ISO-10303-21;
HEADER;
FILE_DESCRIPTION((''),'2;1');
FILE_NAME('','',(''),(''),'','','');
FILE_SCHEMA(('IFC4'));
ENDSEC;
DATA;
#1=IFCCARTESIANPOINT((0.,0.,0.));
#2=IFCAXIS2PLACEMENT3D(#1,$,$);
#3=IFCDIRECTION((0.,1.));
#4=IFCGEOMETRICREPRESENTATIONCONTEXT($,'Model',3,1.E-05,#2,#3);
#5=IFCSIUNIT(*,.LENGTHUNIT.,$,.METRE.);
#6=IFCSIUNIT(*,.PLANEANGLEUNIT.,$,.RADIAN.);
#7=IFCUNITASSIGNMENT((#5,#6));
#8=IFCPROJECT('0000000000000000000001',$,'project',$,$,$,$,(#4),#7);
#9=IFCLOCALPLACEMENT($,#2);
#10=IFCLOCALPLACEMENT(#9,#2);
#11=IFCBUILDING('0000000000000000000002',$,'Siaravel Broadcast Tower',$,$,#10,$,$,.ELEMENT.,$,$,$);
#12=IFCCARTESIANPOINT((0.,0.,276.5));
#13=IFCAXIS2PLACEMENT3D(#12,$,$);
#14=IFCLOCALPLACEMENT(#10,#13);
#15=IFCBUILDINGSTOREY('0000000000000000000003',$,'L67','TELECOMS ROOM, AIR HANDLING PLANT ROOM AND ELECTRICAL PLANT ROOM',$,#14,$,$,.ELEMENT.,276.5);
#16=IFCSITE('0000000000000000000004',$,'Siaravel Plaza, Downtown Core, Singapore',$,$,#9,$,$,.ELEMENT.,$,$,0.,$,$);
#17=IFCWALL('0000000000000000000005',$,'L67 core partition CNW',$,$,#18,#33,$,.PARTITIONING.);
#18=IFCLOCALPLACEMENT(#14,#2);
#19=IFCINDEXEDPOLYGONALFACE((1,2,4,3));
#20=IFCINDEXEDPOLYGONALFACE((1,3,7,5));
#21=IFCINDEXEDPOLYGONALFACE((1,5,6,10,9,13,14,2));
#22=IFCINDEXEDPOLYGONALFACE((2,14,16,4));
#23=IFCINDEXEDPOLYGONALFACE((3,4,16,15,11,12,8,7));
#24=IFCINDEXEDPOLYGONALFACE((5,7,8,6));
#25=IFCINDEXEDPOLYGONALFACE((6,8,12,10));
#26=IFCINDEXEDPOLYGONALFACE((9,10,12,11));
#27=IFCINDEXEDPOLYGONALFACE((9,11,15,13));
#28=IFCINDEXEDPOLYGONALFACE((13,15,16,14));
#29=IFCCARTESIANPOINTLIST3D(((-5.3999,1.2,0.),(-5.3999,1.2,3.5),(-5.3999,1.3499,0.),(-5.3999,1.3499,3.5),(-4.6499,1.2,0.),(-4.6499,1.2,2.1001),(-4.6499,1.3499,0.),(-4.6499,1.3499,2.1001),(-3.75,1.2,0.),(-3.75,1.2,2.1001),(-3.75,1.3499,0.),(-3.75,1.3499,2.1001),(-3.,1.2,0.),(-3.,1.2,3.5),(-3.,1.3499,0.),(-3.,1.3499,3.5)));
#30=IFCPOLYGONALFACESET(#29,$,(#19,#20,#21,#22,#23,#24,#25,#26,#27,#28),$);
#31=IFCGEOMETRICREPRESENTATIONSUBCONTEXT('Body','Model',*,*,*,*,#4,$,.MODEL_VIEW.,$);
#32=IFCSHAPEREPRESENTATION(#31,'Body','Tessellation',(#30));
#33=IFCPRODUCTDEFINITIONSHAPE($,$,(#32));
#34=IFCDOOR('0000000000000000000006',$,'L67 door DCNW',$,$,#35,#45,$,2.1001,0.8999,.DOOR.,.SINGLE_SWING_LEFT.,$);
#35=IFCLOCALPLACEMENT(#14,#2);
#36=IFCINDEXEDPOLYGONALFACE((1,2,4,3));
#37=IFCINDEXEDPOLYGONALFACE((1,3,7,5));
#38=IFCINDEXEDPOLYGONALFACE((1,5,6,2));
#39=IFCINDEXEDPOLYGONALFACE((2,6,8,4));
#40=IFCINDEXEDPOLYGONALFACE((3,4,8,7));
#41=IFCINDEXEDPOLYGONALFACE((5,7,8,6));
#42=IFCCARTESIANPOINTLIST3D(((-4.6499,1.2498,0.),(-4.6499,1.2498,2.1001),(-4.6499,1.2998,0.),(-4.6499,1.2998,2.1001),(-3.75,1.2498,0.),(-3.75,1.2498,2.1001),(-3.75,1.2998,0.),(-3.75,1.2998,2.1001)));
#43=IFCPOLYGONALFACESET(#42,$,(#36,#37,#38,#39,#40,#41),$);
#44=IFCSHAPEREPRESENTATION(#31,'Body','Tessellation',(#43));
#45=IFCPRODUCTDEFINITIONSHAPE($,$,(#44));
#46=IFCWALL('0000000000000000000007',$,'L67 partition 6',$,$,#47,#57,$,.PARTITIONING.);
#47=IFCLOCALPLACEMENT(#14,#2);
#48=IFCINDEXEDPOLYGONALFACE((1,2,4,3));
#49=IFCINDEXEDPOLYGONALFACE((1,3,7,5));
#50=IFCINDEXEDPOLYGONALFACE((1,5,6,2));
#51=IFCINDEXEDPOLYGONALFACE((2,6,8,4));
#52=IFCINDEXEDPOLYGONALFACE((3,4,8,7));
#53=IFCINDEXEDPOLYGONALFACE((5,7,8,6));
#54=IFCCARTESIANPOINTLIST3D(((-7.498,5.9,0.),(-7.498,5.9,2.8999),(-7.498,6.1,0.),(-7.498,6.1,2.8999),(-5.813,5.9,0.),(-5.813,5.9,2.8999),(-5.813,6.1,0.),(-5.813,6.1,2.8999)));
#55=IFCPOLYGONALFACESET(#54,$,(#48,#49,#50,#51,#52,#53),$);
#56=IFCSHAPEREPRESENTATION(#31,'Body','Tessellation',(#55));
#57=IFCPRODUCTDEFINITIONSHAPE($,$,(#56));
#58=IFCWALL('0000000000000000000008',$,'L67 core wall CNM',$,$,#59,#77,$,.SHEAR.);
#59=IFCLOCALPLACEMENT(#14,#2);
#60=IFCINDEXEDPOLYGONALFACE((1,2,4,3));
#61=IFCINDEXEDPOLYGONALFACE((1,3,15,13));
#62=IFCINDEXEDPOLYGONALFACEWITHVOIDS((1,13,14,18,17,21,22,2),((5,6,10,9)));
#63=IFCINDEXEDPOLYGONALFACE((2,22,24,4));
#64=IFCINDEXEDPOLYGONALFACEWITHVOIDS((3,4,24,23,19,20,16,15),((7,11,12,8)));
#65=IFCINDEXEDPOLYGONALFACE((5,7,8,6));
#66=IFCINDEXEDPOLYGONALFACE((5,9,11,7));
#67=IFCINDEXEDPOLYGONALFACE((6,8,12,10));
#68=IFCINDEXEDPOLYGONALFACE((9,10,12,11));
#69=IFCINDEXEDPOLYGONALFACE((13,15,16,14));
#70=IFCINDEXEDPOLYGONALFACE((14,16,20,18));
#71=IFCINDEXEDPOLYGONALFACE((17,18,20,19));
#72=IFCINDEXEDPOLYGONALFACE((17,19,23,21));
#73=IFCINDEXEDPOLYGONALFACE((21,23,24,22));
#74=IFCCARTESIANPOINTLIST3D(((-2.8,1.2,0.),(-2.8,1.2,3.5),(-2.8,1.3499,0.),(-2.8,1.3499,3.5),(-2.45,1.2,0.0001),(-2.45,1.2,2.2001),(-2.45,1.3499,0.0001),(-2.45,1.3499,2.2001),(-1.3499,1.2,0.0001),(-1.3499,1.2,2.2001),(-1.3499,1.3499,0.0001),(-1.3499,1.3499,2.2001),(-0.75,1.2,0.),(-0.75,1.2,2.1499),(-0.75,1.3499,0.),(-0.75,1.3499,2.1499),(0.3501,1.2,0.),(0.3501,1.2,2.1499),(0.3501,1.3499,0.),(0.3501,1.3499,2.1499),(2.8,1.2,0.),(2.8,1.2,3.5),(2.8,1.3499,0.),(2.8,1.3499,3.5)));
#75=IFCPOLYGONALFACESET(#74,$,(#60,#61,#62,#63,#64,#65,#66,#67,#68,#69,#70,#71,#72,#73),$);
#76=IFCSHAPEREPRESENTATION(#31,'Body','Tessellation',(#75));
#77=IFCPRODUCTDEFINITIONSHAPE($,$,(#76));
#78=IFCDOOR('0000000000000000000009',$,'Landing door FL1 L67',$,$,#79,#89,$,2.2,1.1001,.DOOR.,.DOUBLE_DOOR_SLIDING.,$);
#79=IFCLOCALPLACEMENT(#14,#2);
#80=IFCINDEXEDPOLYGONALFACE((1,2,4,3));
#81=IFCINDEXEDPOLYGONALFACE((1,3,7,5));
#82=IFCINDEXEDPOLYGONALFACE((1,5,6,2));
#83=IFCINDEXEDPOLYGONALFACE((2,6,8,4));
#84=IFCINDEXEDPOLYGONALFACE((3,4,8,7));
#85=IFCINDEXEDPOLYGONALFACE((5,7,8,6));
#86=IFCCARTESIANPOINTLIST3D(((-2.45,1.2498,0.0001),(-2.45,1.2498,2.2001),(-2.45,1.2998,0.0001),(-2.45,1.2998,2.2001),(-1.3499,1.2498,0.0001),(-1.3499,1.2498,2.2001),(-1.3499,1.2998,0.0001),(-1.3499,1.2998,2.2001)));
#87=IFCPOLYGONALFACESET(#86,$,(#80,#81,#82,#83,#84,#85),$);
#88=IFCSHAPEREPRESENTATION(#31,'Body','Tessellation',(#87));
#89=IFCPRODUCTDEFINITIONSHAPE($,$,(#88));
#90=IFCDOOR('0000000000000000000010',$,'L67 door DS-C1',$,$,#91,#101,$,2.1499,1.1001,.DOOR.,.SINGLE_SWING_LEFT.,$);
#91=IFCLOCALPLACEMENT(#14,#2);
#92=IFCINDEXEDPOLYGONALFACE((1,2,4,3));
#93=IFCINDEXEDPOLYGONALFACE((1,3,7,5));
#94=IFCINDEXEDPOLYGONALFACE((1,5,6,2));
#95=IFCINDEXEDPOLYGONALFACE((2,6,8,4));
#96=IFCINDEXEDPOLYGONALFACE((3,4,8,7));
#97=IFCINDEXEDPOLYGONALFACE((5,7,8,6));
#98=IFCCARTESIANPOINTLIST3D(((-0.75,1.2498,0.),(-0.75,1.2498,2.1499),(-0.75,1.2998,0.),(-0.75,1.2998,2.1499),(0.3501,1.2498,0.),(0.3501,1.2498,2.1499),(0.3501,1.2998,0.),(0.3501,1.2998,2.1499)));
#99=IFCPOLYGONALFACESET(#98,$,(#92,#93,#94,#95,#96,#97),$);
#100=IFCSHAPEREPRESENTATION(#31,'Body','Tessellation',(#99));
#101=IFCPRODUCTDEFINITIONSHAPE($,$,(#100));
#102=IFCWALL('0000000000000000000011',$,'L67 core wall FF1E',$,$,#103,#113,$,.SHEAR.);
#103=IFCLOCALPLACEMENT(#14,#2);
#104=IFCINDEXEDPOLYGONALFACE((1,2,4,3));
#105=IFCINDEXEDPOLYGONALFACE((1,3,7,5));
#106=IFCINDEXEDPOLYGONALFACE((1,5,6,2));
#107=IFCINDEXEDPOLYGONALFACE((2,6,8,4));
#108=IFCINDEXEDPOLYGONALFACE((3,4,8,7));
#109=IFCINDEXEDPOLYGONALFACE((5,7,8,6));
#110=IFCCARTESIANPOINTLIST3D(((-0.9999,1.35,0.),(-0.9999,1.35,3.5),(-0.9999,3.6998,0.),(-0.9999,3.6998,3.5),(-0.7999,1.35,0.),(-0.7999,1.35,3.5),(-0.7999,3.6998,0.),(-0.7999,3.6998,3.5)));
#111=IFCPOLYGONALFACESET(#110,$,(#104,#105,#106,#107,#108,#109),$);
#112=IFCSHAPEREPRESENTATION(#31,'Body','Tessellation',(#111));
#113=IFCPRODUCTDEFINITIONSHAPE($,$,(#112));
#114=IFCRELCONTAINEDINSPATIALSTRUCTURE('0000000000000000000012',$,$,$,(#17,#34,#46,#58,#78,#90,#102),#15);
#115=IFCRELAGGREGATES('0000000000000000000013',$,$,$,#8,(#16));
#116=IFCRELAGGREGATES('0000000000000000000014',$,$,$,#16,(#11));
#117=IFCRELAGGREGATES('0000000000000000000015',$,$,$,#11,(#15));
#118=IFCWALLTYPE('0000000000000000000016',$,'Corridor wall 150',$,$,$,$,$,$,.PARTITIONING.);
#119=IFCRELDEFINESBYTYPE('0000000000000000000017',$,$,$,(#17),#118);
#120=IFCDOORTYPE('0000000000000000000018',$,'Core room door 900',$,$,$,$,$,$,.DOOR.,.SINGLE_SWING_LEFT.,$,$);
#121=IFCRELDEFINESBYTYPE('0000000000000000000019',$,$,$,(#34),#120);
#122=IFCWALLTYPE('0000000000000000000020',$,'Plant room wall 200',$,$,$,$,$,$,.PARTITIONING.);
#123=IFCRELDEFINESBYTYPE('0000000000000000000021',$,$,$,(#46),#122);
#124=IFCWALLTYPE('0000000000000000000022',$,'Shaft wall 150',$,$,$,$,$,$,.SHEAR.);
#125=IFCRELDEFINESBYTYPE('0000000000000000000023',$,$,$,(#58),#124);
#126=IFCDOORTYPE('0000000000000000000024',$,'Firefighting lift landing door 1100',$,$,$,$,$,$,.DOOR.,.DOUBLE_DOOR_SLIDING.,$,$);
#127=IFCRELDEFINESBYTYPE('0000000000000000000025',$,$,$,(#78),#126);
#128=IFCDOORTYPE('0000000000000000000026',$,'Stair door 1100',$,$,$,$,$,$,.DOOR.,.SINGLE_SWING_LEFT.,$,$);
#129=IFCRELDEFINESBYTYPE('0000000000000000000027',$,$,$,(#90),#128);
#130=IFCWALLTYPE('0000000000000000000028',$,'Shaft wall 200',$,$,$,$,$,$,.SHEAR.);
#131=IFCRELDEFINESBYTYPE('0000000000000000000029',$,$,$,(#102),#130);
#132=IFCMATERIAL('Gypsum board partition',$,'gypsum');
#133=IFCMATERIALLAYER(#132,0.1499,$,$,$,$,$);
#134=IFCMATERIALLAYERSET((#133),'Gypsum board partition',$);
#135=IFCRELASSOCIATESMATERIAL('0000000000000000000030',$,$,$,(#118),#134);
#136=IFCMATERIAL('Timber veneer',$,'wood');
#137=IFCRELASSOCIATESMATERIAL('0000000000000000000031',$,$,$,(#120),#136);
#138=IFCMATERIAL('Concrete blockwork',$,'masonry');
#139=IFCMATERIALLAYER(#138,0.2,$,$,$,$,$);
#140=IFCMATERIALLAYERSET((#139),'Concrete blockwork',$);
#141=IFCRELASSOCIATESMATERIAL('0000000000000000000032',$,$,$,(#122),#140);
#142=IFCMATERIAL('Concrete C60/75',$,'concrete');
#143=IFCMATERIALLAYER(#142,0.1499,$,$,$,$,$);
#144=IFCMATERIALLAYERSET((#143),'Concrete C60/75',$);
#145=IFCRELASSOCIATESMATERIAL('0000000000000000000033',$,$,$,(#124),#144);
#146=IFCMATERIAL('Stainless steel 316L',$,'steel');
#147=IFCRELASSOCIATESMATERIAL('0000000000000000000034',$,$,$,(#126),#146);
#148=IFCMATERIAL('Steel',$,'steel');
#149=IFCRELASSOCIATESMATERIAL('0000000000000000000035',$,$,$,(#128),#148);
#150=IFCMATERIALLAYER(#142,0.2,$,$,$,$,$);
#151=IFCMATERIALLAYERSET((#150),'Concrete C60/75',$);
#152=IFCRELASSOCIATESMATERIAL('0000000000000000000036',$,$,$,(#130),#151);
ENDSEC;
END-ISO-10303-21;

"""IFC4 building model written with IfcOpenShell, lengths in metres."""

from ifc_helpers import new_model, si_unit, direction, frame, frame_2d, origin, place, context, subcontext, project, spatial, rectangle, extrude, material, layer, layer_set, type_object, element, fill, save


model = new_model("IFC4")

# Units and contexts
model_context = context("Model", 3, precision=1e-05, world=origin(), true_north=direction((0.0, 1.0)))
body_context = subcontext(model_context, "Body", "Model", "MODEL_VIEW")
ifc_project = project(units=[si_unit("LENGTHUNIT", "METRE"), si_unit("PLANEANGLEUNIT", "RADIAN")], contexts=[model_context])

# Site, building, storey
site_placement = place(None, origin())
site = spatial("IfcSite", under=ifc_project, at=site_placement, Name="Siaravel Plaza, Downtown Core, Singapore", CompositionType="ELEMENT", RefElevation=0.0)
building_placement = place(site_placement, origin())
building = spatial("IfcBuilding", under=site, at=building_placement, Name="Siaravel Broadcast Tower", CompositionType="ELEMENT")
storey_placement = place(building_placement, frame((0.0, 0.0, 276.5)))
storey = spatial("IfcBuildingStorey", under=building, at=storey_placement, Name="L67", Description="TELECOMS ROOM, AIR HANDLING PLANT ROOM AND ELECTRICAL PLANT ROOM", CompositionType="ELEMENT", Elevation=276.5)

# Shared definitions
ifc_material_1 = material(Name="Concrete C60/75", Category="concrete")

# Wall, opening, door
ifc_material_2 = material(Name="Gypsum board partition", Category="gypsum")
ifc_layer_1 = layer(ifc_material_2, 0.1499)
ifc_layer_set_1 = layer_set([ifc_layer_1], Name="Gypsum board partition")
wall_type_1 = type_object("IfcWallType", Name="Corridor wall 150", PredefinedType="PARTITIONING", material=ifc_layer_set_1)
wall_1_placement = place(storey_placement, frame((-5.3999, 1.2749, 0.0), z_axis=(0.0, 0.0, 1.0), x_axis=(1.0, 0.0, 0.0)))
wall_1 = element("IfcWall", 1, at=wall_1_placement, inside=storey, type_object=wall_type_1, Name="L67 core partition CNW", PredefinedType="PARTITIONING", context=body_context, shape_type="SweptSolid", body=[
    extrude(rectangle(XDim=2.3999, YDim=0.1499, at=frame_2d((1.2, 0.0))), origin(), (0.0, 0.0, 1.0), 3.5),
])
opening_1_placement = place(wall_1_placement, frame((0.75, 0.0, 0.0)))
opening_1 = element("IfcOpeningElement", 2, at=opening_1_placement, cuts=wall_1, PredefinedType="OPENING", context=body_context, shape_type="SweptSolid", body=[
    extrude(rectangle(XDim=0.8999, YDim=2.1001, at=frame_2d((0.45, 1.05))), frame((0.0, 0.085, 0.0), z_axis=(0.0, -1.0, 0.0), x_axis=(1.0, 0.0, 0.0)), (0.0, 0.0, 1.0), 0.1699),
])
ifc_material_3 = material(Name="Timber veneer", Category="wood")
door_type_1 = type_object("IfcDoorType", Name="Core room door 900", OperationType="SINGLE_SWING_LEFT", PredefinedType="DOOR", material=ifc_material_3)
door_1_placement = place(opening_1_placement, origin())
door_1 = element("IfcDoor", 3, at=door_1_placement, inside=storey, type_object=door_type_1, Name="L67 door DCNW", OperationType="SINGLE_SWING_LEFT", OverallHeight=2.1001, OverallWidth=0.8999, PredefinedType="DOOR", context=body_context, shape_type="SweptSolid", body=[
    extrude(rectangle(XDim=0.8999, YDim=2.1001, at=frame_2d((0.45, 1.05))), frame((0.0, 0.0249, 0.0), z_axis=(0.0, -1.0, 0.0), x_axis=(1.0, 0.0, 0.0)), (0.0, 0.0, 1.0), 0.05),
])
fill(opening_1, door_1)

# Wall
ifc_material_4 = material(Name="Concrete blockwork", Category="masonry")
ifc_layer_2 = layer(ifc_material_4, 0.2)
ifc_layer_set_2 = layer_set([ifc_layer_2], Name="Concrete blockwork")
wall_type_2 = type_object("IfcWallType", Name="Plant room wall 200", PredefinedType="PARTITIONING", material=ifc_layer_set_2)
wall_2_placement = place(storey_placement, frame((-5.813, 6.0, 0.0), z_axis=(0.0, 0.0, 1.0), x_axis=(-1.0, 0.0, 0.0)))
element("IfcWall", 4, at=wall_2_placement, inside=storey, type_object=wall_type_2, Name="L67 partition 6", PredefinedType="PARTITIONING", context=body_context, shape_type="SweptSolid", body=[
    extrude(rectangle(XDim=1.6851, YDim=0.2, at=frame_2d((0.8425, 0.0))), origin(), (0.0, 0.0, 1.0), 2.8999),
])

# Wall, openings, doors
ifc_layer_3 = layer(ifc_material_1, 0.1499)
ifc_layer_set_3 = layer_set([ifc_layer_3], Name="Concrete C60/75")
wall_type_3 = type_object("IfcWallType", Name="Shaft wall 150", PredefinedType="SHEAR", material=ifc_layer_set_3)
wall_3_placement = place(storey_placement, frame((-2.8, 1.2749, 0.0), z_axis=(0.0, 0.0, 1.0), x_axis=(1.0, 0.0, 0.0)))
wall_3 = element("IfcWall", 5, at=wall_3_placement, inside=storey, type_object=wall_type_3, Name="L67 core wall CNM", PredefinedType="SHEAR", context=body_context, shape_type="SweptSolid", body=[
    extrude(rectangle(XDim=5.6001, YDim=0.1499, at=frame_2d((2.8, 0.0))), origin(), (0.0, 0.0, 1.0), 3.5),
])
opening_2_placement = place(wall_3_placement, frame((0.3501, 0.0, 0.0)))
opening_2 = element("IfcOpeningElement", 6, at=opening_2_placement, cuts=wall_3, PredefinedType="OPENING", context=body_context, shape_type="SweptSolid", body=[
    extrude(rectangle(XDim=1.1001, YDim=2.2, at=frame_2d((0.55, 1.1001))), frame((0.0, 0.085, 0.0), z_axis=(0.0, -1.0, 0.0), x_axis=(1.0, 0.0, 0.0)), (0.0, 0.0, 1.0), 0.1699),
])
opening_3_placement = place(wall_3_placement, frame((2.05, 0.0, 0.0)))
opening_3 = element("IfcOpeningElement", 7, at=opening_3_placement, cuts=wall_3, PredefinedType="OPENING", context=body_context, shape_type="SweptSolid", body=[
    extrude(rectangle(XDim=1.1001, YDim=2.1499, at=frame_2d((0.55, 1.075))), frame((0.0, 0.085, 0.0), z_axis=(0.0, -1.0, 0.0), x_axis=(1.0, 0.0, 0.0)), (0.0, 0.0, 1.0), 0.1699),
])
ifc_material_5 = material(Name="Stainless steel 316L", Category="steel")
door_type_2 = type_object("IfcDoorType", Name="Firefighting lift landing door 1100", OperationType="DOUBLE_DOOR_SLIDING", PredefinedType="DOOR", material=ifc_material_5)
door_2_placement = place(opening_2_placement, origin())
door_2 = element("IfcDoor", 8, at=door_2_placement, inside=storey, type_object=door_type_2, Name="Landing door FL1 L67", OperationType="DOUBLE_DOOR_SLIDING", OverallHeight=2.2, OverallWidth=1.1001, PredefinedType="DOOR", context=body_context, shape_type="SweptSolid", body=[
    extrude(rectangle(XDim=1.1001, YDim=2.2, at=frame_2d((0.55, 1.1001))), frame((0.0, 0.0249, 0.0), z_axis=(0.0, -1.0, 0.0), x_axis=(1.0, 0.0, 0.0)), (0.0, 0.0, 1.0), 0.05),
])
fill(opening_2, door_2)
ifc_material_6 = material(Name="Steel", Category="steel")
door_type_3 = type_object("IfcDoorType", Name="Stair door 1100", OperationType="SINGLE_SWING_LEFT", PredefinedType="DOOR", material=ifc_material_6)
door_3_placement = place(opening_3_placement, origin())
door_3 = element("IfcDoor", 9, at=door_3_placement, inside=storey, type_object=door_type_3, Name="L67 door DS-C1", OperationType="SINGLE_SWING_LEFT", OverallHeight=2.1499, OverallWidth=1.1001, PredefinedType="DOOR", context=body_context, shape_type="SweptSolid", body=[
    extrude(rectangle(XDim=1.1001, YDim=2.1499, at=frame_2d((0.55, 1.075))), frame((0.0, 0.0249, 0.0), z_axis=(0.0, -1.0, 0.0), x_axis=(1.0, 0.0, 0.0)), (0.0, 0.0, 1.0), 0.05),
])
fill(opening_3, door_3)

# Wall
ifc_layer_4 = layer(ifc_material_1, 0.2)
ifc_layer_set_4 = layer_set([ifc_layer_4], Name="Concrete C60/75")
wall_type_4 = type_object("IfcWallType", Name="Shaft wall 200", PredefinedType="SHEAR", material=ifc_layer_set_4)
wall_4_placement = place(storey_placement, frame((-0.8999, 1.3501, 0.0), z_axis=(0.0, 0.0, 1.0), x_axis=(0.0, 1.0, 0.0)))
element("IfcWall", 10, at=wall_4_placement, inside=storey, type_object=wall_type_4, Name="L67 core wall FF1E", PredefinedType="SHEAR", context=body_context, shape_type="SweptSolid", body=[
    extrude(rectangle(XDim=2.3499, YDim=0.2, at=frame_2d((1.1748, 0.0))), origin(), (0.0, 0.0, 1.0), 3.5),
])

save(model, "model.ifc")
